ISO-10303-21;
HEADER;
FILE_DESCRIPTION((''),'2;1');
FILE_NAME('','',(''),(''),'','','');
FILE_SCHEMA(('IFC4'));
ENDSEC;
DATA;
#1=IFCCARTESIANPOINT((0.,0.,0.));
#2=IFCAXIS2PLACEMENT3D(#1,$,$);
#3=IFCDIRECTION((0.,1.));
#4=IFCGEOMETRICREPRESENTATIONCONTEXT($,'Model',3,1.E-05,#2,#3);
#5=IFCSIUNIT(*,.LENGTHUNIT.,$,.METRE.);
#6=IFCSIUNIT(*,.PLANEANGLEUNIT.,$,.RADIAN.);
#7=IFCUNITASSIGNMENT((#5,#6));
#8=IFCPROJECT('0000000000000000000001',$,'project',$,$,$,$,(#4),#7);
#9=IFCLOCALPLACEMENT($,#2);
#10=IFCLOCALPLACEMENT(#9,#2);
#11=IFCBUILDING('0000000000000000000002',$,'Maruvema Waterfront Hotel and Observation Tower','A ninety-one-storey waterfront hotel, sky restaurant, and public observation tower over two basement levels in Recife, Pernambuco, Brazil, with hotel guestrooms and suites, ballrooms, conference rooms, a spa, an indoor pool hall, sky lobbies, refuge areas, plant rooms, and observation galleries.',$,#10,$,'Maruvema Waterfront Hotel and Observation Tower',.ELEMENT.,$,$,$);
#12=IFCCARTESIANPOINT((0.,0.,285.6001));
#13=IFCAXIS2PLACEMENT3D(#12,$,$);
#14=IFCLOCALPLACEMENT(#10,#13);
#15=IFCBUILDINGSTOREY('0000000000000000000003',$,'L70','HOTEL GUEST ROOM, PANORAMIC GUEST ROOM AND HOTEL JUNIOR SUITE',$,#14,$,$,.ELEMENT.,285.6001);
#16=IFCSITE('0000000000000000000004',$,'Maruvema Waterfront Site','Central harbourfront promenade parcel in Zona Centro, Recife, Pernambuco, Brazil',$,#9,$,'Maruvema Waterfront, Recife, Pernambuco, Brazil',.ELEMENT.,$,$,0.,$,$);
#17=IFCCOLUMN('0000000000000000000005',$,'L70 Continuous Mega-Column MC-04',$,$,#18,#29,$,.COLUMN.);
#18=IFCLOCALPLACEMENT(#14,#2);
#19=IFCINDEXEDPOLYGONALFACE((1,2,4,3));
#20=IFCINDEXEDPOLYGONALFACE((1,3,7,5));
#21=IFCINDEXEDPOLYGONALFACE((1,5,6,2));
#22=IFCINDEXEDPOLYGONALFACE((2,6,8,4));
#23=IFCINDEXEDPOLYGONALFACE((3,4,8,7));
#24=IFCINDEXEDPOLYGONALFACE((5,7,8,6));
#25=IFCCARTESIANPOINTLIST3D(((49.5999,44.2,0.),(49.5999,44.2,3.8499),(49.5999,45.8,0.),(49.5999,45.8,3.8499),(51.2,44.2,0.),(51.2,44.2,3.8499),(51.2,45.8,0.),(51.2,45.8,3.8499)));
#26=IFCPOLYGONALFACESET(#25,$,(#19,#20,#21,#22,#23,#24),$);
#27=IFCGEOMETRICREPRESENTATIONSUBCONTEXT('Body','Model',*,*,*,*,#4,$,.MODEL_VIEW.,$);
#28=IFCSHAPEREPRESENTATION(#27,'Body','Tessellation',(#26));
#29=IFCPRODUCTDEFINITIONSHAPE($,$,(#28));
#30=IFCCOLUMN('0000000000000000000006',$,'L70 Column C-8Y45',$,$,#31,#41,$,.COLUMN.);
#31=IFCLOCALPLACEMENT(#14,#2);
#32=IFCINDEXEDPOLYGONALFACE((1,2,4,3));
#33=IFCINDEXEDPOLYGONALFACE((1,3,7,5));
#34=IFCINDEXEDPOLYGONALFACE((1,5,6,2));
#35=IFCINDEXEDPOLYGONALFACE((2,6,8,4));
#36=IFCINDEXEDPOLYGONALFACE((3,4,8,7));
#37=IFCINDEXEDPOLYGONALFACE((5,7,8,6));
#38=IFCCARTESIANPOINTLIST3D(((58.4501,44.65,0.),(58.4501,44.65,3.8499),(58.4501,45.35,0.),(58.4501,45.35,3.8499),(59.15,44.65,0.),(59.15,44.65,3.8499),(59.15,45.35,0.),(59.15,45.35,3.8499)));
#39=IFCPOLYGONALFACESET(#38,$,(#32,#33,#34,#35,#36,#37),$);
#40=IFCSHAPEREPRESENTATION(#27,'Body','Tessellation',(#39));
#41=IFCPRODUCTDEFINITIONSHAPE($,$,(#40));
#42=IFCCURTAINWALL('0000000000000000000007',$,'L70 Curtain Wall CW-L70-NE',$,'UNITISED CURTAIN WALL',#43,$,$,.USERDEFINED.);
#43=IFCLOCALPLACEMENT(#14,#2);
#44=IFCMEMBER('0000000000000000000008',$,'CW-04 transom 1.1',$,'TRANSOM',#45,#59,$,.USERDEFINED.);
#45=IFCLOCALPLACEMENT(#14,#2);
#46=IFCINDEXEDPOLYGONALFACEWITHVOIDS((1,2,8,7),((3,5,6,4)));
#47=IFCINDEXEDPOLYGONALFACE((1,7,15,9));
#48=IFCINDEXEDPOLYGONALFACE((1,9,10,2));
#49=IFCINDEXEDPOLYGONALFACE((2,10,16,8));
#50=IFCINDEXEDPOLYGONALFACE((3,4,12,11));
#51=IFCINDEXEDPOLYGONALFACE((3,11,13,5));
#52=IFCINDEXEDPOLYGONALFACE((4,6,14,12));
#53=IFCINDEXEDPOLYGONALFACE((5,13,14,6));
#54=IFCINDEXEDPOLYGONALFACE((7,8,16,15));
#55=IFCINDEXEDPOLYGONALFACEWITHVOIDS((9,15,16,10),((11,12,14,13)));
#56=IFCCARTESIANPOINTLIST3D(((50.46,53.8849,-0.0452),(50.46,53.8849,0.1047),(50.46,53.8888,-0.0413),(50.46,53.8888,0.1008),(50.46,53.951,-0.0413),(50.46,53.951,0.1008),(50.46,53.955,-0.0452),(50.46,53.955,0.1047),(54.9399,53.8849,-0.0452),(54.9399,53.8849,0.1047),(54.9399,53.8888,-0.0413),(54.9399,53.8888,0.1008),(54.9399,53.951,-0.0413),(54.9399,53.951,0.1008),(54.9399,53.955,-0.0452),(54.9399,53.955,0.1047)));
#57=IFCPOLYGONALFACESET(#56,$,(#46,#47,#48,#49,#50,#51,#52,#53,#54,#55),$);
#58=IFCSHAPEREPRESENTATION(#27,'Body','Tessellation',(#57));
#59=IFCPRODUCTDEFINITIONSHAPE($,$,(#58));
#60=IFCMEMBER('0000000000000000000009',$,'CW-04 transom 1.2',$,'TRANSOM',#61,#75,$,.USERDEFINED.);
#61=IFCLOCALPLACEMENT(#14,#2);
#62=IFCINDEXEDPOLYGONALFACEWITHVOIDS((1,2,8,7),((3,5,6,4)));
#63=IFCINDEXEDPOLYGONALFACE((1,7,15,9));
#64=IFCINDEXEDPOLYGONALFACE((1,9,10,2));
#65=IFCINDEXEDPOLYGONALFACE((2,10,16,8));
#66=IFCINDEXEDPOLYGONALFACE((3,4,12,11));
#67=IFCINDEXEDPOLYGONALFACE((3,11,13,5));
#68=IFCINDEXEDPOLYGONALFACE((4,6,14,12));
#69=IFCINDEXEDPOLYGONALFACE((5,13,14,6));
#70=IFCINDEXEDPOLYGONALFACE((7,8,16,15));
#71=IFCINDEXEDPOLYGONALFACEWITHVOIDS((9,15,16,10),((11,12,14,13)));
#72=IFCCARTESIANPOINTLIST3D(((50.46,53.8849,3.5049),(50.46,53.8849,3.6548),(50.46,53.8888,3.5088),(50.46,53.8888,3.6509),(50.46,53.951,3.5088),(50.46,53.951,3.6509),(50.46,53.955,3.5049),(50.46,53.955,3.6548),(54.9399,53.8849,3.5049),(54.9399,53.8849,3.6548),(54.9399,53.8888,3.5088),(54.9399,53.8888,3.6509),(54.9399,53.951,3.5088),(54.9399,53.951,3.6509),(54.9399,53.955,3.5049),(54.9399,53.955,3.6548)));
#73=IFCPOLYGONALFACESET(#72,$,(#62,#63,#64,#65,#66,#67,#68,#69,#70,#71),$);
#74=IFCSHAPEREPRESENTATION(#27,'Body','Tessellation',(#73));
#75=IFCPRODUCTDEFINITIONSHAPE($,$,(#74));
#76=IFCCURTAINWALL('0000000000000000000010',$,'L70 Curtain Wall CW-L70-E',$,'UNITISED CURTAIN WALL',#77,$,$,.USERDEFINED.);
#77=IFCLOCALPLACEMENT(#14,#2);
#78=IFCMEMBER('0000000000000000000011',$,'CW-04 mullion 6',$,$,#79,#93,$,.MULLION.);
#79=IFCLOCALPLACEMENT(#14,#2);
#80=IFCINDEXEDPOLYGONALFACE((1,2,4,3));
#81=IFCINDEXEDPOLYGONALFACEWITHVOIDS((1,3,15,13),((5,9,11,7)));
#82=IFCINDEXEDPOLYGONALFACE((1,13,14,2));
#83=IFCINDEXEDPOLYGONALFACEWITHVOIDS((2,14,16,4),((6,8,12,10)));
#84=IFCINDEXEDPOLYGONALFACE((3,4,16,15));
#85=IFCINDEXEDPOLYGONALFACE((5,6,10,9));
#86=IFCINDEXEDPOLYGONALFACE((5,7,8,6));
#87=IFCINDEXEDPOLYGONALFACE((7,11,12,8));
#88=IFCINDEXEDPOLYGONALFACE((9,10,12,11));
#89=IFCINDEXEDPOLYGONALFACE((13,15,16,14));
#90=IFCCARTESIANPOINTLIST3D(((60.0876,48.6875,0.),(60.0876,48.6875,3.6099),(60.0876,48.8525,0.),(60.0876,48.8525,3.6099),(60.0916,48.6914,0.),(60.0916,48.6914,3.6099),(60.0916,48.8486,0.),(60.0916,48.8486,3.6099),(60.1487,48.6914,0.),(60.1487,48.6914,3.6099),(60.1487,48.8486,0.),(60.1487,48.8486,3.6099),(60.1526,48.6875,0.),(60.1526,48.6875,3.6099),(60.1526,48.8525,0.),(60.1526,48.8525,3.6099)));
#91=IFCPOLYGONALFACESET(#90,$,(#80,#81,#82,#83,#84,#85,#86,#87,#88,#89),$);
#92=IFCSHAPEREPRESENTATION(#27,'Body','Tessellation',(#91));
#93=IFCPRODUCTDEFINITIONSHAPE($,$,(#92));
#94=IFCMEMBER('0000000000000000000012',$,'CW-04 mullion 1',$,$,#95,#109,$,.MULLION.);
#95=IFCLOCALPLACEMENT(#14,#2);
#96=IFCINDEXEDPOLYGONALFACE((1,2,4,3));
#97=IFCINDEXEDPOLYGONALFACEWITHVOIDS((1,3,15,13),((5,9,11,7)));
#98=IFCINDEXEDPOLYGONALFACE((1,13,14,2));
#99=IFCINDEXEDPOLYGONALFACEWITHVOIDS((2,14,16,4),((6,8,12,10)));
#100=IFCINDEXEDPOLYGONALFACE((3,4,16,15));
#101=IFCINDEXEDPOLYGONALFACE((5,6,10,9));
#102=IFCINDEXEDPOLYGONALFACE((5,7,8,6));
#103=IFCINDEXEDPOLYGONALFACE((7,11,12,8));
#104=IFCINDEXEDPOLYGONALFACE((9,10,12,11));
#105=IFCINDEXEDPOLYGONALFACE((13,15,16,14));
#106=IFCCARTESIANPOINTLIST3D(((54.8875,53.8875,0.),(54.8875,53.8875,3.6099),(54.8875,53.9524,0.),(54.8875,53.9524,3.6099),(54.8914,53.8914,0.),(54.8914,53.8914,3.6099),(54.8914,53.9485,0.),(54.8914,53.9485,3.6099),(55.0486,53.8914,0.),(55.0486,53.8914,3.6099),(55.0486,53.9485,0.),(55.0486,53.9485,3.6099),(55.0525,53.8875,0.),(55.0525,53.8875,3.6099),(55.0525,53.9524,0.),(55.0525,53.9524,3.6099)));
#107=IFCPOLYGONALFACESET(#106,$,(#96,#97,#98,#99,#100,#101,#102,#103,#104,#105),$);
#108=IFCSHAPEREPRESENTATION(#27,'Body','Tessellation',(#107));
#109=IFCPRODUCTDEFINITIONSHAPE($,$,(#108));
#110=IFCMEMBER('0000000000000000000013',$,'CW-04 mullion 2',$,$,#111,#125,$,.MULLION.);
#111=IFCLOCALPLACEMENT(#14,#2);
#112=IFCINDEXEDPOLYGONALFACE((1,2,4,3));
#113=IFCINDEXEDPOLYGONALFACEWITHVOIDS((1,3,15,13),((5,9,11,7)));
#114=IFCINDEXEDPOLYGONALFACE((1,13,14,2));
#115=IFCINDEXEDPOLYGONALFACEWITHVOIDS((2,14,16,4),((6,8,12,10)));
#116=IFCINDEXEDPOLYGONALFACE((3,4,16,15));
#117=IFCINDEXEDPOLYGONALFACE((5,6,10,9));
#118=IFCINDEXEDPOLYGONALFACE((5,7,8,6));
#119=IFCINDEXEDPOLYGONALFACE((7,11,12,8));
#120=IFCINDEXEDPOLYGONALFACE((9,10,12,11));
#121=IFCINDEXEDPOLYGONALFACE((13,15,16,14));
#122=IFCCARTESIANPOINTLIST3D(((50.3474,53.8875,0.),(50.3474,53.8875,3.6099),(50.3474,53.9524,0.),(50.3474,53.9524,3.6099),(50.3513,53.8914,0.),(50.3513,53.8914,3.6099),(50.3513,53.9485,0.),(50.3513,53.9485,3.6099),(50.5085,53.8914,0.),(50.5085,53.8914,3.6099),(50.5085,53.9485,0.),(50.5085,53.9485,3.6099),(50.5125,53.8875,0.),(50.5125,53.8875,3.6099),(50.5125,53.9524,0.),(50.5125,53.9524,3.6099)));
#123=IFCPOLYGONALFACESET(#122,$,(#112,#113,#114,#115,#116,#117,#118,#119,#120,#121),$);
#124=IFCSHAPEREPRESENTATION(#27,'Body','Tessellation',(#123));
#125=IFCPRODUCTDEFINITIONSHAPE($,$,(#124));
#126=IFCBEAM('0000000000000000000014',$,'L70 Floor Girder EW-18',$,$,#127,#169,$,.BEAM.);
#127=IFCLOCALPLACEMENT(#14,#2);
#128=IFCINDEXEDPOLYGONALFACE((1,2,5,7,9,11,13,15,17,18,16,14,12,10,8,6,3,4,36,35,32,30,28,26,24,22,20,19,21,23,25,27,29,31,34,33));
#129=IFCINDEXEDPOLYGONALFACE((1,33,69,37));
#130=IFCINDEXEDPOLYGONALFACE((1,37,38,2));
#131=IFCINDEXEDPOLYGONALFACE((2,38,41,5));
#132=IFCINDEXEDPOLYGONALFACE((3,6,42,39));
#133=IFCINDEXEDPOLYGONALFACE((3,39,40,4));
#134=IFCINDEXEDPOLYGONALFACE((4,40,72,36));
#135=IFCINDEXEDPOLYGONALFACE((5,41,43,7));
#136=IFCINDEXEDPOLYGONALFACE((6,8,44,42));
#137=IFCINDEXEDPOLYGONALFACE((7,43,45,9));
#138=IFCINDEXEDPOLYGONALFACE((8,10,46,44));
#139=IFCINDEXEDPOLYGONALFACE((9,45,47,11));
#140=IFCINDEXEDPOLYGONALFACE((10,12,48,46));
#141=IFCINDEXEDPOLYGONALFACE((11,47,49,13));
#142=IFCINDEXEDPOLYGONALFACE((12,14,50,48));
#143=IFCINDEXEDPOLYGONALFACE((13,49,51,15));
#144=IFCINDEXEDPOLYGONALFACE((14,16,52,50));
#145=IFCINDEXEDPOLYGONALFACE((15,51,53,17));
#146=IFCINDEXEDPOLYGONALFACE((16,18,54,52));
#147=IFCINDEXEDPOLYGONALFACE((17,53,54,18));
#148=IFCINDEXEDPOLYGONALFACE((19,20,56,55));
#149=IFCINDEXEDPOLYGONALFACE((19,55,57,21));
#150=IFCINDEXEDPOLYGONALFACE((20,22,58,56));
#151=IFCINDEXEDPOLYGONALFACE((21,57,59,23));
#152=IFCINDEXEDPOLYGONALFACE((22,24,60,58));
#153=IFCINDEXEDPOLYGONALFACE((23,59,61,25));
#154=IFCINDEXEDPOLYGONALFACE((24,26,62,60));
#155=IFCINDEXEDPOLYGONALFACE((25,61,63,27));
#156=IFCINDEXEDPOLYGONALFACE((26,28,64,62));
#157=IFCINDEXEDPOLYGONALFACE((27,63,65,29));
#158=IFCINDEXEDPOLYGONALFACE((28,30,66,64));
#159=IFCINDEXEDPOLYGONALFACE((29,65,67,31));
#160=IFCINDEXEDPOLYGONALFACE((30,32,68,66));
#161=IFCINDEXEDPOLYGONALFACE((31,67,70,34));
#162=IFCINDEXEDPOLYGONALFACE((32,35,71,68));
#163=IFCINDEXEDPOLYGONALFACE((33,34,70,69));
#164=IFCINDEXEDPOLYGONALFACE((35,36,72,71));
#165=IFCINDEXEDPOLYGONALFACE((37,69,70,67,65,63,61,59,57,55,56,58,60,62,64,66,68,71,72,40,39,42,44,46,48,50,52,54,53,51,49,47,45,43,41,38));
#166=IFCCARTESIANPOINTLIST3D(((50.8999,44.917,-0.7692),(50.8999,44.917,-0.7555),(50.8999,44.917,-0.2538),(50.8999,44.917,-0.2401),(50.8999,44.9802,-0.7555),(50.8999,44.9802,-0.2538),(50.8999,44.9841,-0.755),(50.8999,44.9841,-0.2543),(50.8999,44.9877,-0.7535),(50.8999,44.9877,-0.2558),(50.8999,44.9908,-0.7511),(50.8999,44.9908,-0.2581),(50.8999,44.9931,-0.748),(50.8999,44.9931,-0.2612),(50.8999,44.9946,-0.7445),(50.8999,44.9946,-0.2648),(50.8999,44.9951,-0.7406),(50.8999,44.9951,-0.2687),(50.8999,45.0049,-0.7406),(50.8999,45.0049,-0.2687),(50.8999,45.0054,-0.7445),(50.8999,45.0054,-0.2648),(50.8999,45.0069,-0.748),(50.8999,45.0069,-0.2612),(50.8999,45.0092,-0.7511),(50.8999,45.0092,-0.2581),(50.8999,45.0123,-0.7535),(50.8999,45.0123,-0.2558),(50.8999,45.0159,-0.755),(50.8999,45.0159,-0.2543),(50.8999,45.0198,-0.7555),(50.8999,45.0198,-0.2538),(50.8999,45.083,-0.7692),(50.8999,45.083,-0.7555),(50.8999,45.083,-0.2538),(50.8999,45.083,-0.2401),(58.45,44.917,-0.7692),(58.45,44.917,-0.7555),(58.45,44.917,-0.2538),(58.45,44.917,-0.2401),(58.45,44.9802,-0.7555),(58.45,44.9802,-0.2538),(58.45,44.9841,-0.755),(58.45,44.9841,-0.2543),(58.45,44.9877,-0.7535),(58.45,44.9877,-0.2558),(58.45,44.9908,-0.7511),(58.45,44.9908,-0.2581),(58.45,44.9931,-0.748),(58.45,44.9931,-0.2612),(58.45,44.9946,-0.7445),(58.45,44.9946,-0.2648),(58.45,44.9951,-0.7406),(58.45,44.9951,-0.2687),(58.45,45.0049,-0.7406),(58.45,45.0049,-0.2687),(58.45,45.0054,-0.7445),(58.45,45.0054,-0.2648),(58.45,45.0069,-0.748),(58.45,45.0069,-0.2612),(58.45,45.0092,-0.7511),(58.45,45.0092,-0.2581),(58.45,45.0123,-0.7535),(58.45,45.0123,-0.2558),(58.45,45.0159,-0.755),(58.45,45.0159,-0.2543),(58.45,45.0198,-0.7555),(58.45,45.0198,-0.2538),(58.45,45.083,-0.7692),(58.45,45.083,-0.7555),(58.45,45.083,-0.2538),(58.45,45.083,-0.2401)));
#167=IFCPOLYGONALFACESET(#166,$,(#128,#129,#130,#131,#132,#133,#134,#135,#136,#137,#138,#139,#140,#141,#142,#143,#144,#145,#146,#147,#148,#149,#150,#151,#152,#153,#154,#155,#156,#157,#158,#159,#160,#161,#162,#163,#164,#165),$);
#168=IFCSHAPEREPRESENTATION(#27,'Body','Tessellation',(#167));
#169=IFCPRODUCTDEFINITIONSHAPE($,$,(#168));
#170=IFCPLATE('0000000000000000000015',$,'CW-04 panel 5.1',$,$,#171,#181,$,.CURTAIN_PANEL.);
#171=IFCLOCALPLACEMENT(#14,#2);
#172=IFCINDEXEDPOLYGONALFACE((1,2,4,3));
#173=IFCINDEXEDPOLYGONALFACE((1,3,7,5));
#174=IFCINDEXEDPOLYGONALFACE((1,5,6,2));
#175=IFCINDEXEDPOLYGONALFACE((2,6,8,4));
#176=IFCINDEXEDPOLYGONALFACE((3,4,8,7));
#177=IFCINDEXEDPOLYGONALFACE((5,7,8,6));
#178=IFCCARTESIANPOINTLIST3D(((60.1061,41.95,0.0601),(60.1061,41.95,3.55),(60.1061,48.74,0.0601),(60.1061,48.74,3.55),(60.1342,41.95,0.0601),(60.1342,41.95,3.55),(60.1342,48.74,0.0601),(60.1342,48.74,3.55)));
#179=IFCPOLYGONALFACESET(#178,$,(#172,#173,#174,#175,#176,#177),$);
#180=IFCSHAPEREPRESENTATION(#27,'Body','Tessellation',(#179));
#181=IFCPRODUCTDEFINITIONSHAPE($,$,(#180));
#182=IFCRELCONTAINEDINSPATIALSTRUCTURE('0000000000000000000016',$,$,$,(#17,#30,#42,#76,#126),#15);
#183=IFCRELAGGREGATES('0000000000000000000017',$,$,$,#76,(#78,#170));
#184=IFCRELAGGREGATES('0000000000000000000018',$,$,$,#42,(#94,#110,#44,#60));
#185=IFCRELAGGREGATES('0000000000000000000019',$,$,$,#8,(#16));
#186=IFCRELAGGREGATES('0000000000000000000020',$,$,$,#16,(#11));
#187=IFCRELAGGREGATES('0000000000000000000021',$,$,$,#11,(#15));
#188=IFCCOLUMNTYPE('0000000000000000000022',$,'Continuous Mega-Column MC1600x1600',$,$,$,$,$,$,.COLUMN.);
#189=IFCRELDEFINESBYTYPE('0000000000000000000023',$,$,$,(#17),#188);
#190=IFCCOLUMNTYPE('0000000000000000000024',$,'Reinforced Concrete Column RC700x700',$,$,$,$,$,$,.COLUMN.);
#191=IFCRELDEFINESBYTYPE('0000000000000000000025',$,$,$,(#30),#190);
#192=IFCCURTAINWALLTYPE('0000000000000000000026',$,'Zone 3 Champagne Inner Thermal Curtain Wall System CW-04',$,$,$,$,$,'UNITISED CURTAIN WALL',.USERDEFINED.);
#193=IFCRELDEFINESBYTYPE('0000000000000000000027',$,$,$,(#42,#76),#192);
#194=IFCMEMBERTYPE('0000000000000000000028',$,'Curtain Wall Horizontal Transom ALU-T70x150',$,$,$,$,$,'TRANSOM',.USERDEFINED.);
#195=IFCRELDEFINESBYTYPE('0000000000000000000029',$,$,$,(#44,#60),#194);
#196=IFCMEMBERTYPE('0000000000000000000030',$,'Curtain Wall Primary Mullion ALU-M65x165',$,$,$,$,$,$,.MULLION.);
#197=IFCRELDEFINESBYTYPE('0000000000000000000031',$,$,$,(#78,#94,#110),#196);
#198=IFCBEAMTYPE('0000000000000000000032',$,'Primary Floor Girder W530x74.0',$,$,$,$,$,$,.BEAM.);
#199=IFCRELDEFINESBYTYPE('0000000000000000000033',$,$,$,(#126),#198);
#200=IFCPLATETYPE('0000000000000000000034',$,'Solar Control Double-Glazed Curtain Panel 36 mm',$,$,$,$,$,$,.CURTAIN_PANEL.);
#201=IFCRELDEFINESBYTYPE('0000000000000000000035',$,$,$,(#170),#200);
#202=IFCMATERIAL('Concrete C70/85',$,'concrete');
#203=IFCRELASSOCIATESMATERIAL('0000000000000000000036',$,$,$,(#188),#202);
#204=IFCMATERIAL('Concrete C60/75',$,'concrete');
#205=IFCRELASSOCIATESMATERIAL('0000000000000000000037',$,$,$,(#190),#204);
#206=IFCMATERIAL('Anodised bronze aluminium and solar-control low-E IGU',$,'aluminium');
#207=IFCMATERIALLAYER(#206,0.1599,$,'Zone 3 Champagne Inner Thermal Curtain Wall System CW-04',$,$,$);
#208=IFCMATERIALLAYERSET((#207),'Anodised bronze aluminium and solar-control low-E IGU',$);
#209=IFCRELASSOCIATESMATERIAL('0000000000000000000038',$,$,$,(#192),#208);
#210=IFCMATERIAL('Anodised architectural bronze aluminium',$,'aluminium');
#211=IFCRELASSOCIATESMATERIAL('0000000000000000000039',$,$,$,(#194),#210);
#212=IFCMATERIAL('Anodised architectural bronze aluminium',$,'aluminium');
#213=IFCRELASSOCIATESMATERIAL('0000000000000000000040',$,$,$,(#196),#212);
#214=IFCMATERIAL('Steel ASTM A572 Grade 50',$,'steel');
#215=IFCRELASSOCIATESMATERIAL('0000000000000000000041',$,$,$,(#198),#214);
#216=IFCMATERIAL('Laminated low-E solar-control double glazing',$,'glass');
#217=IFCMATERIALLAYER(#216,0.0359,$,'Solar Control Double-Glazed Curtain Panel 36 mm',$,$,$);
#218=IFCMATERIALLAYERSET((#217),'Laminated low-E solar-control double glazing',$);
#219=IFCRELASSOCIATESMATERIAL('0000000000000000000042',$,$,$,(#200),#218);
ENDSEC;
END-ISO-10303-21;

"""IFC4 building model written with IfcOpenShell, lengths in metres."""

from ifc_helpers import new_model, si_unit, direction, frame, origin, origin_2d, place, context, subcontext, project, spatial, rectangle, hollow_rectangle, i_section, extrude, material, layer, layer_set, material_profile, profile_set, type_object, element, aggregate, save


model = new_model("IFC4")

# Units and contexts
model_context = context("Model", 3, precision=1e-05, world=origin(), true_north=direction((0.0, 1.0)))
body_context = subcontext(model_context, "Body", "Model", "MODEL_VIEW")
ifc_project = project(units=[si_unit("LENGTHUNIT", "METRE"), si_unit("PLANEANGLEUNIT", "RADIAN")], contexts=[model_context])

# Site, building, storey
site_placement = place(None, origin())
site = spatial("IfcSite", under=ifc_project, at=site_placement, Name="Maruvema Waterfront Site", Description="Central harbourfront promenade parcel in Zona Centro, Recife, Pernambuco, Brazil", LongName="Maruvema Waterfront, Recife, Pernambuco, Brazil", CompositionType="ELEMENT", RefElevation=0.0)
building_placement = place(site_placement, origin())
building = spatial("IfcBuilding", under=site, at=building_placement, Name="Maruvema Waterfront Hotel and Observation Tower", Description="A ninety-one-storey waterfront hotel, sky restaurant, and public observation tower over two basement levels in Recife, Pernambuco, Brazil, with hotel guestrooms and suites, ballrooms, conference rooms, a spa, an indoor pool hall, sky lobbies, refuge areas, plant rooms, and observation galleries.", LongName="Maruvema Waterfront Hotel and Observation Tower", CompositionType="ELEMENT")
storey_placement = place(building_placement, frame((0.0, 0.0, 285.6001)))
storey = spatial("IfcBuildingStorey", under=building, at=storey_placement, Name="L70", Description="HOTEL GUEST ROOM, PANORAMIC GUEST ROOM AND HOTEL JUNIOR SUITE", CompositionType="ELEMENT", Elevation=285.6001)

# Columns
ifc_material_1 = material(Name="Concrete C70/85", Category="concrete")
ifc_material_profile_1 = material_profile(ifc_material_1, rectangle(XDim=1.6001, YDim=1.6001, at=origin_2d()), Name="MC1600x1600")
ifc_profile_set_1 = profile_set([ifc_material_profile_1], Name="Concrete C70/85")
column_type_1 = type_object("IfcColumnType", Name="Continuous Mega-Column MC1600x1600", PredefinedType="COLUMN", material=ifc_profile_set_1)
column_1_placement = place(storey_placement, frame((50.3999, 45.0, 0.0), z_axis=(0.0, 0.0, 1.0), x_axis=(1.0, 0.0, 0.0)))
element("IfcColumn", 1, at=column_1_placement, inside=storey, type_object=column_type_1, Name="L70 Continuous Mega-Column MC-04", PredefinedType="COLUMN", context=body_context, shape_type="SweptSolid", body=[
    extrude(rectangle(XDim=1.6001, YDim=1.6001, at=origin_2d()), origin(), (0.0, 0.0, 1.0), 3.8499),
])
ifc_material_2 = material(Name="Concrete C60/75", Category="concrete")
ifc_material_profile_2 = material_profile(ifc_material_2, rectangle(XDim=0.7, YDim=0.7, at=origin_2d()), Name="RC700x700")
ifc_profile_set_2 = profile_set([ifc_material_profile_2], Name="Concrete C60/75")
column_type_2 = type_object("IfcColumnType", Name="Reinforced Concrete Column RC700x700", PredefinedType="COLUMN", material=ifc_profile_set_2)
column_2_placement = place(storey_placement, frame((58.8, 45.0, 0.0), z_axis=(0.0, 0.0, 1.0), x_axis=(1.0, 0.0, 0.0)))
element("IfcColumn", 2, at=column_2_placement, inside=storey, type_object=column_type_2, Name="L70 Column C-8Y45", PredefinedType="COLUMN", context=body_context, shape_type="SweptSolid", body=[
    extrude(rectangle(XDim=0.7, YDim=0.7, at=origin_2d()), origin(), (0.0, 0.0, 1.0), 3.8499),
])

# Curtain wall, members
ifc_material_3 = material(Name="Anodised bronze aluminium and solar-control low-E IGU", Category="aluminium")
ifc_layer_1 = layer(ifc_material_3, 0.1599, Name="Zone 3 Champagne Inner Thermal Curtain Wall System CW-04")
ifc_layer_set_1 = layer_set([ifc_layer_1], Name="Anodised bronze aluminium and solar-control low-E IGU")
curtain_wall_type = type_object("IfcCurtainWallType", Name="Zone 3 Champagne Inner Thermal Curtain Wall System CW-04", ElementType="UNITISED CURTAIN WALL", PredefinedType="USERDEFINED", material=ifc_layer_set_1)
curtain_wall_1_placement = place(storey_placement, origin())
curtain_wall_1 = element("IfcCurtainWall", 3, at=curtain_wall_1_placement, inside=storey, type_object=curtain_wall_type, Name="L70 Curtain Wall CW-L70-NE", ObjectType="UNITISED CURTAIN WALL", PredefinedType="USERDEFINED")
ifc_material_4 = material(Name="Anodised architectural bronze aluminium", Category="aluminium")
ifc_material_profile_3 = material_profile(ifc_material_4, hollow_rectangle(XDim=0.0701, YDim=0.1499, WallThickness=0.0039, at=origin_2d()), Name="ALU-T70x150")
ifc_profile_set_3 = profile_set([ifc_material_profile_3], Name="Anodised architectural bronze aluminium")
member_type_1 = type_object("IfcMemberType", Name="Curtain Wall Horizontal Transom ALU-T70x150", ElementType="TRANSOM", PredefinedType="USERDEFINED", material=ifc_profile_set_3)
member_1_placement = place(storey_placement, frame((54.9399, 53.9199, 0.0298), z_axis=(-1.0, 0.0, 0.0), x_axis=(0.0, -1.0, 0.0)))
member_1 = element("IfcMember", 4, at=member_1_placement, type_object=member_type_1, Name="CW-04 transom 1.1", ObjectType="TRANSOM", PredefinedType="USERDEFINED", context=body_context, shape_type="SweptSolid", body=[
    extrude(hollow_rectangle(XDim=0.0701, YDim=0.1499, WallThickness=0.0039, at=origin_2d()), origin(), (0.0, 0.0, 1.0), 4.48),
])
member_2_placement = place(storey_placement, frame((54.9399, 53.9199, 3.5798), z_axis=(-1.0, 0.0, 0.0), x_axis=(0.0, -1.0, 0.0)))
member_2 = element("IfcMember", 5, at=member_2_placement, type_object=member_type_1, Name="CW-04 transom 1.2", ObjectType="TRANSOM", PredefinedType="USERDEFINED", context=body_context, shape_type="SweptSolid", body=[
    extrude(hollow_rectangle(XDim=0.0701, YDim=0.1499, WallThickness=0.0039, at=origin_2d()), origin(), (0.0, 0.0, 1.0), 4.48),
])

# Curtain wall, member
curtain_wall_2_placement = place(storey_placement, origin())
curtain_wall_2 = element("IfcCurtainWall", 6, at=curtain_wall_2_placement, inside=storey, type_object=curtain_wall_type, Name="L70 Curtain Wall CW-L70-E", ObjectType="UNITISED CURTAIN WALL", PredefinedType="USERDEFINED")
ifc_material_5 = material(Name="Anodised architectural bronze aluminium", Category="aluminium")
ifc_material_profile_4 = material_profile(ifc_material_5, hollow_rectangle(XDim=0.0649, YDim=0.165, WallThickness=0.0039, at=origin_2d()), Name="ALU-M65x165")
ifc_profile_set_4 = profile_set([ifc_material_profile_4], Name="Anodised architectural bronze aluminium")
member_type_2 = type_object("IfcMemberType", Name="Curtain Wall Primary Mullion ALU-M65x165", PredefinedType="MULLION", material=ifc_profile_set_4)
member_3_placement = place(storey_placement, frame((60.1201, 48.77, 0.0), z_axis=(0.0, 0.0, 1.0), x_axis=(-1.0, 0.0, 0.0)))
member_3 = element("IfcMember", 7, at=member_3_placement, type_object=member_type_2, Name="CW-04 mullion 6", PredefinedType="MULLION", context=body_context, shape_type="SweptSolid", body=[
    extrude(hollow_rectangle(XDim=0.0649, YDim=0.165, WallThickness=0.0039, at=origin_2d()), origin(), (0.0, 0.0, 1.0), 3.6099),
])

# Members
member_4_placement = place(storey_placement, frame((54.97, 53.9199, 0.0), z_axis=(0.0, 0.0, 1.0), x_axis=(0.0, -1.0, 0.0)))
member_4 = element("IfcMember", 8, at=member_4_placement, type_object=member_type_2, Name="CW-04 mullion 1", PredefinedType="MULLION", context=body_context, shape_type="SweptSolid", body=[
    extrude(hollow_rectangle(XDim=0.0649, YDim=0.165, WallThickness=0.0039, at=origin_2d()), origin(), (0.0, 0.0, 1.0), 3.6099),
])
member_5_placement = place(storey_placement, frame((50.4299, 53.9199, 0.0), z_axis=(0.0, 0.0, 1.0), x_axis=(0.0, -1.0, 0.0)))
member_5 = element("IfcMember", 9, at=member_5_placement, type_object=member_type_2, Name="CW-04 mullion 2", PredefinedType="MULLION", context=body_context, shape_type="SweptSolid", body=[
    extrude(hollow_rectangle(XDim=0.0649, YDim=0.165, WallThickness=0.0039, at=origin_2d()), origin(), (0.0, 0.0, 1.0), 3.6099),
])

# Beam
ifc_material_6 = material(Name="Steel ASTM A572 Grade 50", Category="steel")
ifc_material_profile_5 = material_profile(ifc_material_6, i_section(OverallWidth=0.166, OverallDepth=0.5291, WebThickness=0.0098, FlangeThickness=0.0137, FilletRadius=0.0149, at=origin_2d()), Name="W530x74.0")
ifc_profile_set_5 = profile_set([ifc_material_profile_5], Name="Steel ASTM A572 Grade 50")
beam_type = type_object("IfcBeamType", Name="Primary Floor Girder W530x74.0", PredefinedType="BEAM", material=ifc_profile_set_5)
beam_placement = place(storey_placement, frame((50.8999, 45.0, -0.5046), z_axis=(1.0, 0.0, 0.0), x_axis=(0.0, 1.0, 0.0)))
element("IfcBeam", 10, at=beam_placement, inside=storey, type_object=beam_type, Name="L70 Floor Girder EW-18", PredefinedType="BEAM", context=body_context, shape_type="SweptSolid", body=[
    extrude(i_section(OverallWidth=0.166, OverallDepth=0.5291, WebThickness=0.0098, FlangeThickness=0.0137, FilletRadius=0.0149, at=origin_2d()), origin(), (0.0, 0.0, 1.0), 7.55),
])

# Plate
ifc_material_7 = material(Name="Laminated low-E solar-control double glazing", Category="glass")
ifc_layer_2 = layer(ifc_material_7, 0.0359, Name="Solar Control Double-Glazed Curtain Panel 36 mm")
ifc_layer_set_2 = layer_set([ifc_layer_2], Name="Laminated low-E solar-control double glazing")
plate_type = type_object("IfcPlateType", Name="Solar Control Double-Glazed Curtain Panel 36 mm", PredefinedType="CURTAIN_PANEL", material=ifc_layer_set_2)
plate_1_placement = place(storey_placement, frame((60.1201, 45.345, 0.0601), z_axis=(0.0, 0.0, 1.0), x_axis=(0.0, 1.0, 0.0)))
plate_1 = element("IfcPlate", 11, at=plate_1_placement, type_object=plate_type, Name="CW-04 panel 5.1", PredefinedType="CURTAIN_PANEL", context=body_context, shape_type="SweptSolid", body=[
    extrude(rectangle(XDim=6.79, YDim=0.0281, at=origin_2d()), origin(), (0.0, 0.0, 1.0), 3.49),
])
aggregate(curtain_wall_2, [member_3, plate_1])
aggregate(curtain_wall_1, [member_4, member_5, member_1, member_2])

save(model, "model.ifc")
